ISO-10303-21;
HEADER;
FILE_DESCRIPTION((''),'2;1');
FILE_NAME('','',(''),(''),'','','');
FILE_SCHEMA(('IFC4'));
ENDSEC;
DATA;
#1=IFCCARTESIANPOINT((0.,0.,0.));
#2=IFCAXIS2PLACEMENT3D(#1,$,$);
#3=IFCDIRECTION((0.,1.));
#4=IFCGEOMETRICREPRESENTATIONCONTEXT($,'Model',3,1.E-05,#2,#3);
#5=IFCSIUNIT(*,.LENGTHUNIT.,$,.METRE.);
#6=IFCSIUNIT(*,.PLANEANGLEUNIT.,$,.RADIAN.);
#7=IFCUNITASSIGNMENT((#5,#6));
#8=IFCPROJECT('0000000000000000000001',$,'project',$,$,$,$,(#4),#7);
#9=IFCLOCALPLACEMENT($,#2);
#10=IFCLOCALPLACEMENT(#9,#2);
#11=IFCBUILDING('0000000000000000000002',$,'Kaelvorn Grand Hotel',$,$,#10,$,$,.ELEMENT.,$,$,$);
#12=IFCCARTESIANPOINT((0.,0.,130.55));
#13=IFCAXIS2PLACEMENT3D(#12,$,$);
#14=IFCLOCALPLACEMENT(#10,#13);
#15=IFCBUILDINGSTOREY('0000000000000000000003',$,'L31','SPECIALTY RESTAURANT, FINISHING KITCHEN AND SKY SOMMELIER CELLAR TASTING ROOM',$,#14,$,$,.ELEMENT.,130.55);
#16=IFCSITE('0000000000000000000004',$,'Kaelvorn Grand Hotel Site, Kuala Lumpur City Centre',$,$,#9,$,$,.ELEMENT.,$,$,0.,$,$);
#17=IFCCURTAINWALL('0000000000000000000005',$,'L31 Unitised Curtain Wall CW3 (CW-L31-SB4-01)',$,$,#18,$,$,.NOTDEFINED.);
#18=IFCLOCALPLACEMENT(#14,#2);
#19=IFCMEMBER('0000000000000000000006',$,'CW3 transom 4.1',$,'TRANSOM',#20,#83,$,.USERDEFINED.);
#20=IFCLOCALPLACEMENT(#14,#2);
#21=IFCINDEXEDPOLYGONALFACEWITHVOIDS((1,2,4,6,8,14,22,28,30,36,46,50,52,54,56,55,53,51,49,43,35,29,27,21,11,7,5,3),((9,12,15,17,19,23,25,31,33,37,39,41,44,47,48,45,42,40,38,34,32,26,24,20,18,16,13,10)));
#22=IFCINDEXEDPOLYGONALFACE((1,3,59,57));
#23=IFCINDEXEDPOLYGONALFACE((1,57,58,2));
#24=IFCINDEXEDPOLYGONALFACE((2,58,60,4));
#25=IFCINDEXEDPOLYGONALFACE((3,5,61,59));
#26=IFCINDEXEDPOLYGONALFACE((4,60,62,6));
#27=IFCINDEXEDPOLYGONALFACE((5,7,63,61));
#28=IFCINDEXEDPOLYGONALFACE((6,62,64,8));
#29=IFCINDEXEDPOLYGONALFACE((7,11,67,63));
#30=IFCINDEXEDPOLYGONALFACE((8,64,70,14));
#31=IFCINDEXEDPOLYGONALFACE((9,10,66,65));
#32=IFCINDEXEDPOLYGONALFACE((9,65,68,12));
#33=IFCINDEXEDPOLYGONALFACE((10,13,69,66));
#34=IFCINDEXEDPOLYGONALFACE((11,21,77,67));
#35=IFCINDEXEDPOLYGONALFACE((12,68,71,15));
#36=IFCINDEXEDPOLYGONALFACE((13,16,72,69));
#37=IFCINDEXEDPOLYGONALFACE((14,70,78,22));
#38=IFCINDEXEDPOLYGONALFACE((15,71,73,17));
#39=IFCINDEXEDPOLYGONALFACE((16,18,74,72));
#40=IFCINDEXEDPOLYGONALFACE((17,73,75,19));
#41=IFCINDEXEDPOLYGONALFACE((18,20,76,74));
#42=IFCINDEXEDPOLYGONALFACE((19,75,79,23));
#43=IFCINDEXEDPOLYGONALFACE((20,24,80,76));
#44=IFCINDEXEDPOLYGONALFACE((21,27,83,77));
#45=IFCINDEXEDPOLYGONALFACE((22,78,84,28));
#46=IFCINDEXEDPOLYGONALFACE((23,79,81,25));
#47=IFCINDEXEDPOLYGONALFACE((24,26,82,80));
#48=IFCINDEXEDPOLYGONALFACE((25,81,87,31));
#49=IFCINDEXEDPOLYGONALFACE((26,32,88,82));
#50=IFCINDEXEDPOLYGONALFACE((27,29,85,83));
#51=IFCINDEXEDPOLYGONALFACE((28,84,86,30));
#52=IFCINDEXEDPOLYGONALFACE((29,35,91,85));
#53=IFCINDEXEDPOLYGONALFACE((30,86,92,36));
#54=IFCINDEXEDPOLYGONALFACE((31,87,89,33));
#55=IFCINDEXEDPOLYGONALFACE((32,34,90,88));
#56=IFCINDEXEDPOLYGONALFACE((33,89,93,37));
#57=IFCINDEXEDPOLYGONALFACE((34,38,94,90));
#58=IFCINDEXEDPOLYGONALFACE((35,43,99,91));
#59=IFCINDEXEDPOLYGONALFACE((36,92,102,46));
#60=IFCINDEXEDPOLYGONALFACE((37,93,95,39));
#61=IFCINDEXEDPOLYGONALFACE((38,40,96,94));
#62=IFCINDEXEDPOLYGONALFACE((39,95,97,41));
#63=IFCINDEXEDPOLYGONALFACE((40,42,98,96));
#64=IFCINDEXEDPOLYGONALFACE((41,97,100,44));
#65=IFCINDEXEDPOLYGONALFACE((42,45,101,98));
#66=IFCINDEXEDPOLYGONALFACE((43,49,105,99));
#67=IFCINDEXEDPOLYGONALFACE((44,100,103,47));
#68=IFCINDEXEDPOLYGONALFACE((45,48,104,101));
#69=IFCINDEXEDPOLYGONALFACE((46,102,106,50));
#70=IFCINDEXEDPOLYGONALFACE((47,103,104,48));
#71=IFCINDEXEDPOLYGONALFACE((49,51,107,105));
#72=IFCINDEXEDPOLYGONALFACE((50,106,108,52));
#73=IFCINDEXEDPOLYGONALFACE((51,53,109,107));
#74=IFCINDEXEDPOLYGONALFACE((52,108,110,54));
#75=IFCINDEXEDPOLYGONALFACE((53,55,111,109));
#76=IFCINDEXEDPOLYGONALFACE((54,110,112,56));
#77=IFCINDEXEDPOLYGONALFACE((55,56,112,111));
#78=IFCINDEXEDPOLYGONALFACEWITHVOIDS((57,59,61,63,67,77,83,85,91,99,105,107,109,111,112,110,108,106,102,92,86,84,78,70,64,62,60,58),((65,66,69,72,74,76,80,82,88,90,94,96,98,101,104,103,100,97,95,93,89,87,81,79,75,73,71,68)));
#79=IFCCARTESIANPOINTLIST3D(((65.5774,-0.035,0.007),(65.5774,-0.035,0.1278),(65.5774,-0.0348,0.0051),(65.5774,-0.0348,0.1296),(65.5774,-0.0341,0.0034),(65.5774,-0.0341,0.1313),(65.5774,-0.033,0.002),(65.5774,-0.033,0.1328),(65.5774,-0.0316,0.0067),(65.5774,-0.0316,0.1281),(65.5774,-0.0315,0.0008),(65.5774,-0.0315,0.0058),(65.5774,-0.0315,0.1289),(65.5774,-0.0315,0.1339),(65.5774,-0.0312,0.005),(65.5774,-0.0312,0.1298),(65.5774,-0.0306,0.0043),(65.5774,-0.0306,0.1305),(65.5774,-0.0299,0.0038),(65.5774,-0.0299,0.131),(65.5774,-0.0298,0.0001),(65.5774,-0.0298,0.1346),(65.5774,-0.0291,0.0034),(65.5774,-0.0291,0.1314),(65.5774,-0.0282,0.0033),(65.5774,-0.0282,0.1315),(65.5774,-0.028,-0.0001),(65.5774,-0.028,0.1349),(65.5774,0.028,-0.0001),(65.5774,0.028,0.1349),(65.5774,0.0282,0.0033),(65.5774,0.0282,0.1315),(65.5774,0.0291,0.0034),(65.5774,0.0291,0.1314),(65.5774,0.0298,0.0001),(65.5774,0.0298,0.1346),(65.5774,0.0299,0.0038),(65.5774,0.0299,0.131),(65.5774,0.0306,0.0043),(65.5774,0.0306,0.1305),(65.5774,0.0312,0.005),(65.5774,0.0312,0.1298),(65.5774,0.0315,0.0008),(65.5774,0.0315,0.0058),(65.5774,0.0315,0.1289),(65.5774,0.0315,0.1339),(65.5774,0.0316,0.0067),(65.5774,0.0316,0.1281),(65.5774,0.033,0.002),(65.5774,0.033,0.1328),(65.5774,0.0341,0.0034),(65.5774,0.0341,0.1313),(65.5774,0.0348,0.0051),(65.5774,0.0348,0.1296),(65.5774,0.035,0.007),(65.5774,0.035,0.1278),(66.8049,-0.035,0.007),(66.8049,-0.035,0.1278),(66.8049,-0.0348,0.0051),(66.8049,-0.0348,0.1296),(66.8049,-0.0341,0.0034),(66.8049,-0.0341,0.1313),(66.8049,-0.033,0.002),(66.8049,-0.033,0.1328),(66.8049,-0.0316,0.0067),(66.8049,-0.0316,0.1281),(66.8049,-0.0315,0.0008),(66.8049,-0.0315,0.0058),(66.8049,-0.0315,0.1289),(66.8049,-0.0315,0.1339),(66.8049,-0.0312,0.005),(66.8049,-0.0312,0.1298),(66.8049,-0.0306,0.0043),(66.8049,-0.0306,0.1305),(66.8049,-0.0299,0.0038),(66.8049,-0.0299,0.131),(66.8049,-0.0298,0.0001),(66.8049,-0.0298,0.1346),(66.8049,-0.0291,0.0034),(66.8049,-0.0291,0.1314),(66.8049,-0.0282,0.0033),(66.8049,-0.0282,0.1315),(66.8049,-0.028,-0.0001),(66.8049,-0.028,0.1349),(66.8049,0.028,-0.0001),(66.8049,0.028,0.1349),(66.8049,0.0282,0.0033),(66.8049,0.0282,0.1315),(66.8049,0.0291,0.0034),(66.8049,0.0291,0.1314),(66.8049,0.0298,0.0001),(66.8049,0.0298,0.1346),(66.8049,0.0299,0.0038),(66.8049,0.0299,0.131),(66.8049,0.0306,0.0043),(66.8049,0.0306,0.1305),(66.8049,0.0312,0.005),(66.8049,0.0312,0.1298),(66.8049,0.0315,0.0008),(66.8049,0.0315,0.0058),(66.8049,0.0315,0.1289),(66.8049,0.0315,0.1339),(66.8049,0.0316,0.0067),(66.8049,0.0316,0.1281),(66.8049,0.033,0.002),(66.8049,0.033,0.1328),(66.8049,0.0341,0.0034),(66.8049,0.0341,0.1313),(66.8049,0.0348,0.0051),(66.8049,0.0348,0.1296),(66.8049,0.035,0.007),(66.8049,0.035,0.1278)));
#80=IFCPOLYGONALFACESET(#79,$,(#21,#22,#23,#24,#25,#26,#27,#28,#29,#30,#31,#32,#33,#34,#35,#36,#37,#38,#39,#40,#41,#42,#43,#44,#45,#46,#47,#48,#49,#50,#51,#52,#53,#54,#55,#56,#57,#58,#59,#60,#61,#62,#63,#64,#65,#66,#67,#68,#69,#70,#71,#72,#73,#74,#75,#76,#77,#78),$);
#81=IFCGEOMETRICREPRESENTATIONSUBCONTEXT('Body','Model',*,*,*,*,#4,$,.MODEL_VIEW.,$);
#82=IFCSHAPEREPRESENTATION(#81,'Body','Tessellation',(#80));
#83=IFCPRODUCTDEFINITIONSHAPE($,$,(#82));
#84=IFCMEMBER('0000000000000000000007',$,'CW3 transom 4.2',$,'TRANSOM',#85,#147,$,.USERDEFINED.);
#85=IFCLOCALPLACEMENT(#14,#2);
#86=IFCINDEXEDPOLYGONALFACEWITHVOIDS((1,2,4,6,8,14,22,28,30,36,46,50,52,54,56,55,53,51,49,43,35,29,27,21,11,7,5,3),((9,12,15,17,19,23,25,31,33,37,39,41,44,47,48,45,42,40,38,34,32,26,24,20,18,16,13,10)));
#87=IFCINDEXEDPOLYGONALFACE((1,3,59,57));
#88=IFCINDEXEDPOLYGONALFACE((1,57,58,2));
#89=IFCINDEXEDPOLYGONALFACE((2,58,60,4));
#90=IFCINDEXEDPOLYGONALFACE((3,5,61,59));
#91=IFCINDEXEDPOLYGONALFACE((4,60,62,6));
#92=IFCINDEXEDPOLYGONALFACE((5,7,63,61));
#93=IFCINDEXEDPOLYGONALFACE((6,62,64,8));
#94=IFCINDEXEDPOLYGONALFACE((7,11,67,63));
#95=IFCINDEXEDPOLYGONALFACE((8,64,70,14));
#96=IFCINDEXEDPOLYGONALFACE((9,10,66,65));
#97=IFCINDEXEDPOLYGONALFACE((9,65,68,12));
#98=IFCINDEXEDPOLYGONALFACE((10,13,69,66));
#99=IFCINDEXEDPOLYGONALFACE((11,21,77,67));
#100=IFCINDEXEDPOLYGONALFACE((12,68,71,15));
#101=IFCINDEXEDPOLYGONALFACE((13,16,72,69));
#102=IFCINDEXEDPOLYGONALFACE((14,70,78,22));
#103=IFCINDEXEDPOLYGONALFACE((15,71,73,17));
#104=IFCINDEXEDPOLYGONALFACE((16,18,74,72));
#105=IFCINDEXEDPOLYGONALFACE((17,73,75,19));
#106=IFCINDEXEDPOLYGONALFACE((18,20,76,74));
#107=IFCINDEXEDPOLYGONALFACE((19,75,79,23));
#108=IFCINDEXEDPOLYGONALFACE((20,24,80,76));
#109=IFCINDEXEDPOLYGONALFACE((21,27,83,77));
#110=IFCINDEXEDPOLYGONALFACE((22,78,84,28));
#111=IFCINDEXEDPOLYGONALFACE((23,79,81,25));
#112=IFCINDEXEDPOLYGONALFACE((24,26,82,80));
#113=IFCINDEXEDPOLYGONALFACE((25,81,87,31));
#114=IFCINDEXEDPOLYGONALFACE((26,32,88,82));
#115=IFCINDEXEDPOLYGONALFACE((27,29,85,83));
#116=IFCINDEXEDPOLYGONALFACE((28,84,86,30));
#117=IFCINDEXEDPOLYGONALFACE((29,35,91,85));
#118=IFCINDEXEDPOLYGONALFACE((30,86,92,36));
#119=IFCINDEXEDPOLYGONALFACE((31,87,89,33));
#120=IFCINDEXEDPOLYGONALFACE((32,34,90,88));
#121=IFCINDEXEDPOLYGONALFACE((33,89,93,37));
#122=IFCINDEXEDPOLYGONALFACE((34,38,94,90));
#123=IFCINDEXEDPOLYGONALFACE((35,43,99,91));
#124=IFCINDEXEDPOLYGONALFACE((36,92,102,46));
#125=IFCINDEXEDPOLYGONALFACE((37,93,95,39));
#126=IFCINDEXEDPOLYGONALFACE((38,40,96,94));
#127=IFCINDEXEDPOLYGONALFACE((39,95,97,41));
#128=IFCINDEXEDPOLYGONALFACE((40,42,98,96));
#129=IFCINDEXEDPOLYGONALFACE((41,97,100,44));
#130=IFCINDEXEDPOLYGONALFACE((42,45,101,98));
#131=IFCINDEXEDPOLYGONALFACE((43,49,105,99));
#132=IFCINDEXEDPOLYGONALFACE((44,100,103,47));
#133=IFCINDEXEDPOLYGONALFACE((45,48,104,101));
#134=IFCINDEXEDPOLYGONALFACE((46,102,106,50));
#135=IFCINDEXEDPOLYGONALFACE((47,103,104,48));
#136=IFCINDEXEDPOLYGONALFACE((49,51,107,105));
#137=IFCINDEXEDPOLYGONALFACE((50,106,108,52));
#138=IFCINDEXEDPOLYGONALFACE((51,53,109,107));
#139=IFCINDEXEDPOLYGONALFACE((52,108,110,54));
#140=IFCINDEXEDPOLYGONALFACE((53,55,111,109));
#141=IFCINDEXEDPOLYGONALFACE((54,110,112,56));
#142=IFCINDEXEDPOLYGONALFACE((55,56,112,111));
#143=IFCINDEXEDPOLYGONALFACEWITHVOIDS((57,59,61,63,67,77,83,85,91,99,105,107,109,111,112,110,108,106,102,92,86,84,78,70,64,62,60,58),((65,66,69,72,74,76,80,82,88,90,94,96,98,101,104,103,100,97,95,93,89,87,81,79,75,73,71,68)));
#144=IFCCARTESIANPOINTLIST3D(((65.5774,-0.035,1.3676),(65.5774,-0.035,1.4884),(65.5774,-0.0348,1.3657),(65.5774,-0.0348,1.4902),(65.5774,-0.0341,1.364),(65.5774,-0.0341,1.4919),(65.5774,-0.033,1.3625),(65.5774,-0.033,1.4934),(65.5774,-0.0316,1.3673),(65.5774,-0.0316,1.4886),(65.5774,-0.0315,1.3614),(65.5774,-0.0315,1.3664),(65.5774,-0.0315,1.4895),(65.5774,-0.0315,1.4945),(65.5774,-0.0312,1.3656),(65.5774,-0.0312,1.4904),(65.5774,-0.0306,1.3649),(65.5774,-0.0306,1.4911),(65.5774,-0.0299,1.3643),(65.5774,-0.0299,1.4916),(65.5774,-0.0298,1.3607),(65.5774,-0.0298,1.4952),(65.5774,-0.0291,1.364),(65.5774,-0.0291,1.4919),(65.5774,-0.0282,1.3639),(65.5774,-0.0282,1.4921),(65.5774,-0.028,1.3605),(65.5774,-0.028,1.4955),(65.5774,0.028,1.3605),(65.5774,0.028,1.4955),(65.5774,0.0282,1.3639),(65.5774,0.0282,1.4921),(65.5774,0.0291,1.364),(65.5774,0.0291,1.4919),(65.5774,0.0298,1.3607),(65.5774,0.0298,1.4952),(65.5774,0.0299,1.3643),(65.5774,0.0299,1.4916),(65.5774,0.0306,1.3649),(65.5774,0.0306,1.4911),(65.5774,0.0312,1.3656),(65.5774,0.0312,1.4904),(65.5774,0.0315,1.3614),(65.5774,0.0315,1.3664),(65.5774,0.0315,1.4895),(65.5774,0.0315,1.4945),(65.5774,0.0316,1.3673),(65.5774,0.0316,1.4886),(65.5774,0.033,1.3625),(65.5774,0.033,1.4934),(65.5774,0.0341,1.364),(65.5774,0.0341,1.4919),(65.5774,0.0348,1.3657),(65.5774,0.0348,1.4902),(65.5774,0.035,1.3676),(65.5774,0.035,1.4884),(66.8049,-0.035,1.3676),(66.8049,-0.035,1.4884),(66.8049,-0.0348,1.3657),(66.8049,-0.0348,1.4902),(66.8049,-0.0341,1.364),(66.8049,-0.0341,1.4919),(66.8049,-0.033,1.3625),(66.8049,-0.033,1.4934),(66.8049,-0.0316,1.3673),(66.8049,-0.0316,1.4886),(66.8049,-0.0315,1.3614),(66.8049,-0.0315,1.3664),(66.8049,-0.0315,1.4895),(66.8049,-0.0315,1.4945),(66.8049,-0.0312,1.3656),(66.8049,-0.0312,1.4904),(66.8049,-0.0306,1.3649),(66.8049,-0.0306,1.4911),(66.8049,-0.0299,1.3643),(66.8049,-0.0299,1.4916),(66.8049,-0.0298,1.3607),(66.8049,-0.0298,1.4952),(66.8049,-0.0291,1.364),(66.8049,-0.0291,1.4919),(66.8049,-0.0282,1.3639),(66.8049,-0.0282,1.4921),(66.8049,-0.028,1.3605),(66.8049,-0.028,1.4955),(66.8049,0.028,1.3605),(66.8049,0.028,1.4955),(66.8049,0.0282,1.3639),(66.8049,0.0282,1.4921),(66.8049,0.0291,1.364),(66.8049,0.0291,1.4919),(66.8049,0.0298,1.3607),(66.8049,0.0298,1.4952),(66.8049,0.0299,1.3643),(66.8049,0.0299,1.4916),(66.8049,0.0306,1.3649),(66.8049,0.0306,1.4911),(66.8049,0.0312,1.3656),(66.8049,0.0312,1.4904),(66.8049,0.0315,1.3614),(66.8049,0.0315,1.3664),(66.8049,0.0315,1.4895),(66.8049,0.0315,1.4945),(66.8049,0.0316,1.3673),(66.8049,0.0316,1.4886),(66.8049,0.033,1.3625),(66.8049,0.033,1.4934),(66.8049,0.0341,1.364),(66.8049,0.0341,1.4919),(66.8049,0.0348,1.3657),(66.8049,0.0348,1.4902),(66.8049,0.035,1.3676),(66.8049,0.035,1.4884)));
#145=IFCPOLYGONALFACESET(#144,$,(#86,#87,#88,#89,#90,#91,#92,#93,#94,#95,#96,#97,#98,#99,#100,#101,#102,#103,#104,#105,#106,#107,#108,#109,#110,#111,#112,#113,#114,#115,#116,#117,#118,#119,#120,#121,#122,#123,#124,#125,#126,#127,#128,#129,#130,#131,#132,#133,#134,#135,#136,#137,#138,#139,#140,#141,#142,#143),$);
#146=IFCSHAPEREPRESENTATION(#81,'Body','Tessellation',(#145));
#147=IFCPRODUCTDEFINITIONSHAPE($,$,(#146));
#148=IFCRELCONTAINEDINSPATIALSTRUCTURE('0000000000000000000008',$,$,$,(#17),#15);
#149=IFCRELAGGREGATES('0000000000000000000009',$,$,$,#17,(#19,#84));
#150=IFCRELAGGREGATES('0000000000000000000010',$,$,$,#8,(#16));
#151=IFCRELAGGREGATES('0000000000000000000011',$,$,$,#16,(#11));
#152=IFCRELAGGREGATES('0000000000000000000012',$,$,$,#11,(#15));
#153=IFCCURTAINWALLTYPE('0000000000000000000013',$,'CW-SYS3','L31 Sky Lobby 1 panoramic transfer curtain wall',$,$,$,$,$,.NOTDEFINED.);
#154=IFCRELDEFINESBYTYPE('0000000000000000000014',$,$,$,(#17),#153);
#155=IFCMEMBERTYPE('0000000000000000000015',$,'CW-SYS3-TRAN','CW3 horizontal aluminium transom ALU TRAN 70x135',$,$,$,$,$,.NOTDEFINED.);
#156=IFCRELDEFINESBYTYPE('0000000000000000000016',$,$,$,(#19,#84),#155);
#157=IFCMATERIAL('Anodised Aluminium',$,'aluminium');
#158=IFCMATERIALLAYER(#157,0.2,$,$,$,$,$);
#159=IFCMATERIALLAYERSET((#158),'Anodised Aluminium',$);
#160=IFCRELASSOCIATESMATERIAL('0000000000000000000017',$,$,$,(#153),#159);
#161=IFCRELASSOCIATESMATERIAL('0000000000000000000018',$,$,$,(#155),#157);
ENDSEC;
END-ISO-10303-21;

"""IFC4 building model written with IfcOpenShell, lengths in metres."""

from ifc_helpers import new_model, si_unit, direction, frame, origin, origin_2d, place, context, subcontext, project, spatial, hollow_rectangle, extrude, material, layer, layer_set, material_profile, profile_set, type_object, element, aggregate, save


model = new_model("IFC4")

# Units and contexts
model_context = context("Model", 3, precision=1e-05, world=origin(), true_north=direction((0.0, 1.0)))
body_context = subcontext(model_context, "Body", "Model", "MODEL_VIEW")
ifc_project = project(units=[si_unit("LENGTHUNIT", "METRE"), si_unit("PLANEANGLEUNIT", "RADIAN")], contexts=[model_context])

# Site, building, storey
site_placement = place(None, origin())
site = spatial("IfcSite", under=ifc_project, at=site_placement, Name="Kaelvorn Grand Hotel Site, Kuala Lumpur City Centre", CompositionType="ELEMENT", RefElevation=0.0)
building_placement = place(site_placement, origin())
building = spatial("IfcBuilding", under=site, at=building_placement, Name="Kaelvorn Grand Hotel", CompositionType="ELEMENT")
storey_placement = place(building_placement, frame((0.0, 0.0, 130.55)))
storey = spatial("IfcBuildingStorey", under=building, at=storey_placement, Name="L31", Description="SPECIALTY RESTAURANT, FINISHING KITCHEN AND SKY SOMMELIER CELLAR TASTING ROOM", CompositionType="ELEMENT", Elevation=130.55)

# Curtain wall, members
ifc_material_1 = material(Name="Anodised Aluminium", Category="aluminium")
ifc_layer_1 = layer(ifc_material_1, 0.2)
ifc_layer_set_1 = layer_set([ifc_layer_1], Name="Anodised Aluminium")
curtain_wall_type = type_object("IfcCurtainWallType", Name="CW-SYS3", Description="L31 Sky Lobby 1 panoramic transfer curtain wall", PredefinedType="NOTDEFINED", material=ifc_layer_set_1)
curtain_wall_placement = place(storey_placement, origin())
curtain_wall = element("IfcCurtainWall", 1, at=curtain_wall_placement, inside=storey, type_object=curtain_wall_type, Name="L31 Unitised Curtain Wall CW3 (CW-L31-SB4-01)", PredefinedType="NOTDEFINED")
ifc_material_profile_1 = material_profile(ifc_material_1, hollow_rectangle(XDim=0.0701, YDim=0.135, WallThickness=0.0034, InnerFilletRadius=0.0034, OuterFilletRadius=0.0071, at=origin_2d()), Name="ALU TRAN 70x135")
ifc_profile_set_1 = profile_set([ifc_material_profile_1], Name="Anodised Aluminium")
member_type_1 = type_object("IfcMemberType", Name="CW-SYS3-TRAN", Description="CW3 horizontal aluminium transom ALU TRAN 70x135", PredefinedType="NOTDEFINED", material=ifc_profile_set_1)
member_1_placement = place(storey_placement, frame((65.5774, 0.0, 0.0674), z_axis=(1.0, 0.0, 0.0), x_axis=(0.0, 1.0, 0.0)))
member_1 = element("IfcMember", 2, at=member_1_placement, type_object=member_type_1, Name="CW3 transom 4.1", ObjectType="TRANSOM", PredefinedType="USERDEFINED", context=body_context, shape_type="SweptSolid", body=[
    extrude(hollow_rectangle(XDim=0.0701, YDim=0.135, WallThickness=0.0034, InnerFilletRadius=0.0034, OuterFilletRadius=0.0071, at=origin_2d()), origin(), (0.0, 0.0, 1.0), 1.2275),
])
member_2_placement = place(storey_placement, frame((65.5774, 0.0, 1.428), z_axis=(1.0, 0.0, 0.0), x_axis=(0.0, 1.0, 0.0)))
member_2 = element("IfcMember", 3, at=member_2_placement, type_object=member_type_1, Name="CW3 transom 4.2", ObjectType="TRANSOM", PredefinedType="USERDEFINED", context=body_context, shape_type="SweptSolid", body=[
    extrude(hollow_rectangle(XDim=0.0701, YDim=0.135, WallThickness=0.0034, InnerFilletRadius=0.0034, OuterFilletRadius=0.0071, at=origin_2d()), origin(), (0.0, 0.0, 1.0), 1.2275),
])
aggregate(curtain_wall, [member_1, member_2])

save(model, "model.ifc")
